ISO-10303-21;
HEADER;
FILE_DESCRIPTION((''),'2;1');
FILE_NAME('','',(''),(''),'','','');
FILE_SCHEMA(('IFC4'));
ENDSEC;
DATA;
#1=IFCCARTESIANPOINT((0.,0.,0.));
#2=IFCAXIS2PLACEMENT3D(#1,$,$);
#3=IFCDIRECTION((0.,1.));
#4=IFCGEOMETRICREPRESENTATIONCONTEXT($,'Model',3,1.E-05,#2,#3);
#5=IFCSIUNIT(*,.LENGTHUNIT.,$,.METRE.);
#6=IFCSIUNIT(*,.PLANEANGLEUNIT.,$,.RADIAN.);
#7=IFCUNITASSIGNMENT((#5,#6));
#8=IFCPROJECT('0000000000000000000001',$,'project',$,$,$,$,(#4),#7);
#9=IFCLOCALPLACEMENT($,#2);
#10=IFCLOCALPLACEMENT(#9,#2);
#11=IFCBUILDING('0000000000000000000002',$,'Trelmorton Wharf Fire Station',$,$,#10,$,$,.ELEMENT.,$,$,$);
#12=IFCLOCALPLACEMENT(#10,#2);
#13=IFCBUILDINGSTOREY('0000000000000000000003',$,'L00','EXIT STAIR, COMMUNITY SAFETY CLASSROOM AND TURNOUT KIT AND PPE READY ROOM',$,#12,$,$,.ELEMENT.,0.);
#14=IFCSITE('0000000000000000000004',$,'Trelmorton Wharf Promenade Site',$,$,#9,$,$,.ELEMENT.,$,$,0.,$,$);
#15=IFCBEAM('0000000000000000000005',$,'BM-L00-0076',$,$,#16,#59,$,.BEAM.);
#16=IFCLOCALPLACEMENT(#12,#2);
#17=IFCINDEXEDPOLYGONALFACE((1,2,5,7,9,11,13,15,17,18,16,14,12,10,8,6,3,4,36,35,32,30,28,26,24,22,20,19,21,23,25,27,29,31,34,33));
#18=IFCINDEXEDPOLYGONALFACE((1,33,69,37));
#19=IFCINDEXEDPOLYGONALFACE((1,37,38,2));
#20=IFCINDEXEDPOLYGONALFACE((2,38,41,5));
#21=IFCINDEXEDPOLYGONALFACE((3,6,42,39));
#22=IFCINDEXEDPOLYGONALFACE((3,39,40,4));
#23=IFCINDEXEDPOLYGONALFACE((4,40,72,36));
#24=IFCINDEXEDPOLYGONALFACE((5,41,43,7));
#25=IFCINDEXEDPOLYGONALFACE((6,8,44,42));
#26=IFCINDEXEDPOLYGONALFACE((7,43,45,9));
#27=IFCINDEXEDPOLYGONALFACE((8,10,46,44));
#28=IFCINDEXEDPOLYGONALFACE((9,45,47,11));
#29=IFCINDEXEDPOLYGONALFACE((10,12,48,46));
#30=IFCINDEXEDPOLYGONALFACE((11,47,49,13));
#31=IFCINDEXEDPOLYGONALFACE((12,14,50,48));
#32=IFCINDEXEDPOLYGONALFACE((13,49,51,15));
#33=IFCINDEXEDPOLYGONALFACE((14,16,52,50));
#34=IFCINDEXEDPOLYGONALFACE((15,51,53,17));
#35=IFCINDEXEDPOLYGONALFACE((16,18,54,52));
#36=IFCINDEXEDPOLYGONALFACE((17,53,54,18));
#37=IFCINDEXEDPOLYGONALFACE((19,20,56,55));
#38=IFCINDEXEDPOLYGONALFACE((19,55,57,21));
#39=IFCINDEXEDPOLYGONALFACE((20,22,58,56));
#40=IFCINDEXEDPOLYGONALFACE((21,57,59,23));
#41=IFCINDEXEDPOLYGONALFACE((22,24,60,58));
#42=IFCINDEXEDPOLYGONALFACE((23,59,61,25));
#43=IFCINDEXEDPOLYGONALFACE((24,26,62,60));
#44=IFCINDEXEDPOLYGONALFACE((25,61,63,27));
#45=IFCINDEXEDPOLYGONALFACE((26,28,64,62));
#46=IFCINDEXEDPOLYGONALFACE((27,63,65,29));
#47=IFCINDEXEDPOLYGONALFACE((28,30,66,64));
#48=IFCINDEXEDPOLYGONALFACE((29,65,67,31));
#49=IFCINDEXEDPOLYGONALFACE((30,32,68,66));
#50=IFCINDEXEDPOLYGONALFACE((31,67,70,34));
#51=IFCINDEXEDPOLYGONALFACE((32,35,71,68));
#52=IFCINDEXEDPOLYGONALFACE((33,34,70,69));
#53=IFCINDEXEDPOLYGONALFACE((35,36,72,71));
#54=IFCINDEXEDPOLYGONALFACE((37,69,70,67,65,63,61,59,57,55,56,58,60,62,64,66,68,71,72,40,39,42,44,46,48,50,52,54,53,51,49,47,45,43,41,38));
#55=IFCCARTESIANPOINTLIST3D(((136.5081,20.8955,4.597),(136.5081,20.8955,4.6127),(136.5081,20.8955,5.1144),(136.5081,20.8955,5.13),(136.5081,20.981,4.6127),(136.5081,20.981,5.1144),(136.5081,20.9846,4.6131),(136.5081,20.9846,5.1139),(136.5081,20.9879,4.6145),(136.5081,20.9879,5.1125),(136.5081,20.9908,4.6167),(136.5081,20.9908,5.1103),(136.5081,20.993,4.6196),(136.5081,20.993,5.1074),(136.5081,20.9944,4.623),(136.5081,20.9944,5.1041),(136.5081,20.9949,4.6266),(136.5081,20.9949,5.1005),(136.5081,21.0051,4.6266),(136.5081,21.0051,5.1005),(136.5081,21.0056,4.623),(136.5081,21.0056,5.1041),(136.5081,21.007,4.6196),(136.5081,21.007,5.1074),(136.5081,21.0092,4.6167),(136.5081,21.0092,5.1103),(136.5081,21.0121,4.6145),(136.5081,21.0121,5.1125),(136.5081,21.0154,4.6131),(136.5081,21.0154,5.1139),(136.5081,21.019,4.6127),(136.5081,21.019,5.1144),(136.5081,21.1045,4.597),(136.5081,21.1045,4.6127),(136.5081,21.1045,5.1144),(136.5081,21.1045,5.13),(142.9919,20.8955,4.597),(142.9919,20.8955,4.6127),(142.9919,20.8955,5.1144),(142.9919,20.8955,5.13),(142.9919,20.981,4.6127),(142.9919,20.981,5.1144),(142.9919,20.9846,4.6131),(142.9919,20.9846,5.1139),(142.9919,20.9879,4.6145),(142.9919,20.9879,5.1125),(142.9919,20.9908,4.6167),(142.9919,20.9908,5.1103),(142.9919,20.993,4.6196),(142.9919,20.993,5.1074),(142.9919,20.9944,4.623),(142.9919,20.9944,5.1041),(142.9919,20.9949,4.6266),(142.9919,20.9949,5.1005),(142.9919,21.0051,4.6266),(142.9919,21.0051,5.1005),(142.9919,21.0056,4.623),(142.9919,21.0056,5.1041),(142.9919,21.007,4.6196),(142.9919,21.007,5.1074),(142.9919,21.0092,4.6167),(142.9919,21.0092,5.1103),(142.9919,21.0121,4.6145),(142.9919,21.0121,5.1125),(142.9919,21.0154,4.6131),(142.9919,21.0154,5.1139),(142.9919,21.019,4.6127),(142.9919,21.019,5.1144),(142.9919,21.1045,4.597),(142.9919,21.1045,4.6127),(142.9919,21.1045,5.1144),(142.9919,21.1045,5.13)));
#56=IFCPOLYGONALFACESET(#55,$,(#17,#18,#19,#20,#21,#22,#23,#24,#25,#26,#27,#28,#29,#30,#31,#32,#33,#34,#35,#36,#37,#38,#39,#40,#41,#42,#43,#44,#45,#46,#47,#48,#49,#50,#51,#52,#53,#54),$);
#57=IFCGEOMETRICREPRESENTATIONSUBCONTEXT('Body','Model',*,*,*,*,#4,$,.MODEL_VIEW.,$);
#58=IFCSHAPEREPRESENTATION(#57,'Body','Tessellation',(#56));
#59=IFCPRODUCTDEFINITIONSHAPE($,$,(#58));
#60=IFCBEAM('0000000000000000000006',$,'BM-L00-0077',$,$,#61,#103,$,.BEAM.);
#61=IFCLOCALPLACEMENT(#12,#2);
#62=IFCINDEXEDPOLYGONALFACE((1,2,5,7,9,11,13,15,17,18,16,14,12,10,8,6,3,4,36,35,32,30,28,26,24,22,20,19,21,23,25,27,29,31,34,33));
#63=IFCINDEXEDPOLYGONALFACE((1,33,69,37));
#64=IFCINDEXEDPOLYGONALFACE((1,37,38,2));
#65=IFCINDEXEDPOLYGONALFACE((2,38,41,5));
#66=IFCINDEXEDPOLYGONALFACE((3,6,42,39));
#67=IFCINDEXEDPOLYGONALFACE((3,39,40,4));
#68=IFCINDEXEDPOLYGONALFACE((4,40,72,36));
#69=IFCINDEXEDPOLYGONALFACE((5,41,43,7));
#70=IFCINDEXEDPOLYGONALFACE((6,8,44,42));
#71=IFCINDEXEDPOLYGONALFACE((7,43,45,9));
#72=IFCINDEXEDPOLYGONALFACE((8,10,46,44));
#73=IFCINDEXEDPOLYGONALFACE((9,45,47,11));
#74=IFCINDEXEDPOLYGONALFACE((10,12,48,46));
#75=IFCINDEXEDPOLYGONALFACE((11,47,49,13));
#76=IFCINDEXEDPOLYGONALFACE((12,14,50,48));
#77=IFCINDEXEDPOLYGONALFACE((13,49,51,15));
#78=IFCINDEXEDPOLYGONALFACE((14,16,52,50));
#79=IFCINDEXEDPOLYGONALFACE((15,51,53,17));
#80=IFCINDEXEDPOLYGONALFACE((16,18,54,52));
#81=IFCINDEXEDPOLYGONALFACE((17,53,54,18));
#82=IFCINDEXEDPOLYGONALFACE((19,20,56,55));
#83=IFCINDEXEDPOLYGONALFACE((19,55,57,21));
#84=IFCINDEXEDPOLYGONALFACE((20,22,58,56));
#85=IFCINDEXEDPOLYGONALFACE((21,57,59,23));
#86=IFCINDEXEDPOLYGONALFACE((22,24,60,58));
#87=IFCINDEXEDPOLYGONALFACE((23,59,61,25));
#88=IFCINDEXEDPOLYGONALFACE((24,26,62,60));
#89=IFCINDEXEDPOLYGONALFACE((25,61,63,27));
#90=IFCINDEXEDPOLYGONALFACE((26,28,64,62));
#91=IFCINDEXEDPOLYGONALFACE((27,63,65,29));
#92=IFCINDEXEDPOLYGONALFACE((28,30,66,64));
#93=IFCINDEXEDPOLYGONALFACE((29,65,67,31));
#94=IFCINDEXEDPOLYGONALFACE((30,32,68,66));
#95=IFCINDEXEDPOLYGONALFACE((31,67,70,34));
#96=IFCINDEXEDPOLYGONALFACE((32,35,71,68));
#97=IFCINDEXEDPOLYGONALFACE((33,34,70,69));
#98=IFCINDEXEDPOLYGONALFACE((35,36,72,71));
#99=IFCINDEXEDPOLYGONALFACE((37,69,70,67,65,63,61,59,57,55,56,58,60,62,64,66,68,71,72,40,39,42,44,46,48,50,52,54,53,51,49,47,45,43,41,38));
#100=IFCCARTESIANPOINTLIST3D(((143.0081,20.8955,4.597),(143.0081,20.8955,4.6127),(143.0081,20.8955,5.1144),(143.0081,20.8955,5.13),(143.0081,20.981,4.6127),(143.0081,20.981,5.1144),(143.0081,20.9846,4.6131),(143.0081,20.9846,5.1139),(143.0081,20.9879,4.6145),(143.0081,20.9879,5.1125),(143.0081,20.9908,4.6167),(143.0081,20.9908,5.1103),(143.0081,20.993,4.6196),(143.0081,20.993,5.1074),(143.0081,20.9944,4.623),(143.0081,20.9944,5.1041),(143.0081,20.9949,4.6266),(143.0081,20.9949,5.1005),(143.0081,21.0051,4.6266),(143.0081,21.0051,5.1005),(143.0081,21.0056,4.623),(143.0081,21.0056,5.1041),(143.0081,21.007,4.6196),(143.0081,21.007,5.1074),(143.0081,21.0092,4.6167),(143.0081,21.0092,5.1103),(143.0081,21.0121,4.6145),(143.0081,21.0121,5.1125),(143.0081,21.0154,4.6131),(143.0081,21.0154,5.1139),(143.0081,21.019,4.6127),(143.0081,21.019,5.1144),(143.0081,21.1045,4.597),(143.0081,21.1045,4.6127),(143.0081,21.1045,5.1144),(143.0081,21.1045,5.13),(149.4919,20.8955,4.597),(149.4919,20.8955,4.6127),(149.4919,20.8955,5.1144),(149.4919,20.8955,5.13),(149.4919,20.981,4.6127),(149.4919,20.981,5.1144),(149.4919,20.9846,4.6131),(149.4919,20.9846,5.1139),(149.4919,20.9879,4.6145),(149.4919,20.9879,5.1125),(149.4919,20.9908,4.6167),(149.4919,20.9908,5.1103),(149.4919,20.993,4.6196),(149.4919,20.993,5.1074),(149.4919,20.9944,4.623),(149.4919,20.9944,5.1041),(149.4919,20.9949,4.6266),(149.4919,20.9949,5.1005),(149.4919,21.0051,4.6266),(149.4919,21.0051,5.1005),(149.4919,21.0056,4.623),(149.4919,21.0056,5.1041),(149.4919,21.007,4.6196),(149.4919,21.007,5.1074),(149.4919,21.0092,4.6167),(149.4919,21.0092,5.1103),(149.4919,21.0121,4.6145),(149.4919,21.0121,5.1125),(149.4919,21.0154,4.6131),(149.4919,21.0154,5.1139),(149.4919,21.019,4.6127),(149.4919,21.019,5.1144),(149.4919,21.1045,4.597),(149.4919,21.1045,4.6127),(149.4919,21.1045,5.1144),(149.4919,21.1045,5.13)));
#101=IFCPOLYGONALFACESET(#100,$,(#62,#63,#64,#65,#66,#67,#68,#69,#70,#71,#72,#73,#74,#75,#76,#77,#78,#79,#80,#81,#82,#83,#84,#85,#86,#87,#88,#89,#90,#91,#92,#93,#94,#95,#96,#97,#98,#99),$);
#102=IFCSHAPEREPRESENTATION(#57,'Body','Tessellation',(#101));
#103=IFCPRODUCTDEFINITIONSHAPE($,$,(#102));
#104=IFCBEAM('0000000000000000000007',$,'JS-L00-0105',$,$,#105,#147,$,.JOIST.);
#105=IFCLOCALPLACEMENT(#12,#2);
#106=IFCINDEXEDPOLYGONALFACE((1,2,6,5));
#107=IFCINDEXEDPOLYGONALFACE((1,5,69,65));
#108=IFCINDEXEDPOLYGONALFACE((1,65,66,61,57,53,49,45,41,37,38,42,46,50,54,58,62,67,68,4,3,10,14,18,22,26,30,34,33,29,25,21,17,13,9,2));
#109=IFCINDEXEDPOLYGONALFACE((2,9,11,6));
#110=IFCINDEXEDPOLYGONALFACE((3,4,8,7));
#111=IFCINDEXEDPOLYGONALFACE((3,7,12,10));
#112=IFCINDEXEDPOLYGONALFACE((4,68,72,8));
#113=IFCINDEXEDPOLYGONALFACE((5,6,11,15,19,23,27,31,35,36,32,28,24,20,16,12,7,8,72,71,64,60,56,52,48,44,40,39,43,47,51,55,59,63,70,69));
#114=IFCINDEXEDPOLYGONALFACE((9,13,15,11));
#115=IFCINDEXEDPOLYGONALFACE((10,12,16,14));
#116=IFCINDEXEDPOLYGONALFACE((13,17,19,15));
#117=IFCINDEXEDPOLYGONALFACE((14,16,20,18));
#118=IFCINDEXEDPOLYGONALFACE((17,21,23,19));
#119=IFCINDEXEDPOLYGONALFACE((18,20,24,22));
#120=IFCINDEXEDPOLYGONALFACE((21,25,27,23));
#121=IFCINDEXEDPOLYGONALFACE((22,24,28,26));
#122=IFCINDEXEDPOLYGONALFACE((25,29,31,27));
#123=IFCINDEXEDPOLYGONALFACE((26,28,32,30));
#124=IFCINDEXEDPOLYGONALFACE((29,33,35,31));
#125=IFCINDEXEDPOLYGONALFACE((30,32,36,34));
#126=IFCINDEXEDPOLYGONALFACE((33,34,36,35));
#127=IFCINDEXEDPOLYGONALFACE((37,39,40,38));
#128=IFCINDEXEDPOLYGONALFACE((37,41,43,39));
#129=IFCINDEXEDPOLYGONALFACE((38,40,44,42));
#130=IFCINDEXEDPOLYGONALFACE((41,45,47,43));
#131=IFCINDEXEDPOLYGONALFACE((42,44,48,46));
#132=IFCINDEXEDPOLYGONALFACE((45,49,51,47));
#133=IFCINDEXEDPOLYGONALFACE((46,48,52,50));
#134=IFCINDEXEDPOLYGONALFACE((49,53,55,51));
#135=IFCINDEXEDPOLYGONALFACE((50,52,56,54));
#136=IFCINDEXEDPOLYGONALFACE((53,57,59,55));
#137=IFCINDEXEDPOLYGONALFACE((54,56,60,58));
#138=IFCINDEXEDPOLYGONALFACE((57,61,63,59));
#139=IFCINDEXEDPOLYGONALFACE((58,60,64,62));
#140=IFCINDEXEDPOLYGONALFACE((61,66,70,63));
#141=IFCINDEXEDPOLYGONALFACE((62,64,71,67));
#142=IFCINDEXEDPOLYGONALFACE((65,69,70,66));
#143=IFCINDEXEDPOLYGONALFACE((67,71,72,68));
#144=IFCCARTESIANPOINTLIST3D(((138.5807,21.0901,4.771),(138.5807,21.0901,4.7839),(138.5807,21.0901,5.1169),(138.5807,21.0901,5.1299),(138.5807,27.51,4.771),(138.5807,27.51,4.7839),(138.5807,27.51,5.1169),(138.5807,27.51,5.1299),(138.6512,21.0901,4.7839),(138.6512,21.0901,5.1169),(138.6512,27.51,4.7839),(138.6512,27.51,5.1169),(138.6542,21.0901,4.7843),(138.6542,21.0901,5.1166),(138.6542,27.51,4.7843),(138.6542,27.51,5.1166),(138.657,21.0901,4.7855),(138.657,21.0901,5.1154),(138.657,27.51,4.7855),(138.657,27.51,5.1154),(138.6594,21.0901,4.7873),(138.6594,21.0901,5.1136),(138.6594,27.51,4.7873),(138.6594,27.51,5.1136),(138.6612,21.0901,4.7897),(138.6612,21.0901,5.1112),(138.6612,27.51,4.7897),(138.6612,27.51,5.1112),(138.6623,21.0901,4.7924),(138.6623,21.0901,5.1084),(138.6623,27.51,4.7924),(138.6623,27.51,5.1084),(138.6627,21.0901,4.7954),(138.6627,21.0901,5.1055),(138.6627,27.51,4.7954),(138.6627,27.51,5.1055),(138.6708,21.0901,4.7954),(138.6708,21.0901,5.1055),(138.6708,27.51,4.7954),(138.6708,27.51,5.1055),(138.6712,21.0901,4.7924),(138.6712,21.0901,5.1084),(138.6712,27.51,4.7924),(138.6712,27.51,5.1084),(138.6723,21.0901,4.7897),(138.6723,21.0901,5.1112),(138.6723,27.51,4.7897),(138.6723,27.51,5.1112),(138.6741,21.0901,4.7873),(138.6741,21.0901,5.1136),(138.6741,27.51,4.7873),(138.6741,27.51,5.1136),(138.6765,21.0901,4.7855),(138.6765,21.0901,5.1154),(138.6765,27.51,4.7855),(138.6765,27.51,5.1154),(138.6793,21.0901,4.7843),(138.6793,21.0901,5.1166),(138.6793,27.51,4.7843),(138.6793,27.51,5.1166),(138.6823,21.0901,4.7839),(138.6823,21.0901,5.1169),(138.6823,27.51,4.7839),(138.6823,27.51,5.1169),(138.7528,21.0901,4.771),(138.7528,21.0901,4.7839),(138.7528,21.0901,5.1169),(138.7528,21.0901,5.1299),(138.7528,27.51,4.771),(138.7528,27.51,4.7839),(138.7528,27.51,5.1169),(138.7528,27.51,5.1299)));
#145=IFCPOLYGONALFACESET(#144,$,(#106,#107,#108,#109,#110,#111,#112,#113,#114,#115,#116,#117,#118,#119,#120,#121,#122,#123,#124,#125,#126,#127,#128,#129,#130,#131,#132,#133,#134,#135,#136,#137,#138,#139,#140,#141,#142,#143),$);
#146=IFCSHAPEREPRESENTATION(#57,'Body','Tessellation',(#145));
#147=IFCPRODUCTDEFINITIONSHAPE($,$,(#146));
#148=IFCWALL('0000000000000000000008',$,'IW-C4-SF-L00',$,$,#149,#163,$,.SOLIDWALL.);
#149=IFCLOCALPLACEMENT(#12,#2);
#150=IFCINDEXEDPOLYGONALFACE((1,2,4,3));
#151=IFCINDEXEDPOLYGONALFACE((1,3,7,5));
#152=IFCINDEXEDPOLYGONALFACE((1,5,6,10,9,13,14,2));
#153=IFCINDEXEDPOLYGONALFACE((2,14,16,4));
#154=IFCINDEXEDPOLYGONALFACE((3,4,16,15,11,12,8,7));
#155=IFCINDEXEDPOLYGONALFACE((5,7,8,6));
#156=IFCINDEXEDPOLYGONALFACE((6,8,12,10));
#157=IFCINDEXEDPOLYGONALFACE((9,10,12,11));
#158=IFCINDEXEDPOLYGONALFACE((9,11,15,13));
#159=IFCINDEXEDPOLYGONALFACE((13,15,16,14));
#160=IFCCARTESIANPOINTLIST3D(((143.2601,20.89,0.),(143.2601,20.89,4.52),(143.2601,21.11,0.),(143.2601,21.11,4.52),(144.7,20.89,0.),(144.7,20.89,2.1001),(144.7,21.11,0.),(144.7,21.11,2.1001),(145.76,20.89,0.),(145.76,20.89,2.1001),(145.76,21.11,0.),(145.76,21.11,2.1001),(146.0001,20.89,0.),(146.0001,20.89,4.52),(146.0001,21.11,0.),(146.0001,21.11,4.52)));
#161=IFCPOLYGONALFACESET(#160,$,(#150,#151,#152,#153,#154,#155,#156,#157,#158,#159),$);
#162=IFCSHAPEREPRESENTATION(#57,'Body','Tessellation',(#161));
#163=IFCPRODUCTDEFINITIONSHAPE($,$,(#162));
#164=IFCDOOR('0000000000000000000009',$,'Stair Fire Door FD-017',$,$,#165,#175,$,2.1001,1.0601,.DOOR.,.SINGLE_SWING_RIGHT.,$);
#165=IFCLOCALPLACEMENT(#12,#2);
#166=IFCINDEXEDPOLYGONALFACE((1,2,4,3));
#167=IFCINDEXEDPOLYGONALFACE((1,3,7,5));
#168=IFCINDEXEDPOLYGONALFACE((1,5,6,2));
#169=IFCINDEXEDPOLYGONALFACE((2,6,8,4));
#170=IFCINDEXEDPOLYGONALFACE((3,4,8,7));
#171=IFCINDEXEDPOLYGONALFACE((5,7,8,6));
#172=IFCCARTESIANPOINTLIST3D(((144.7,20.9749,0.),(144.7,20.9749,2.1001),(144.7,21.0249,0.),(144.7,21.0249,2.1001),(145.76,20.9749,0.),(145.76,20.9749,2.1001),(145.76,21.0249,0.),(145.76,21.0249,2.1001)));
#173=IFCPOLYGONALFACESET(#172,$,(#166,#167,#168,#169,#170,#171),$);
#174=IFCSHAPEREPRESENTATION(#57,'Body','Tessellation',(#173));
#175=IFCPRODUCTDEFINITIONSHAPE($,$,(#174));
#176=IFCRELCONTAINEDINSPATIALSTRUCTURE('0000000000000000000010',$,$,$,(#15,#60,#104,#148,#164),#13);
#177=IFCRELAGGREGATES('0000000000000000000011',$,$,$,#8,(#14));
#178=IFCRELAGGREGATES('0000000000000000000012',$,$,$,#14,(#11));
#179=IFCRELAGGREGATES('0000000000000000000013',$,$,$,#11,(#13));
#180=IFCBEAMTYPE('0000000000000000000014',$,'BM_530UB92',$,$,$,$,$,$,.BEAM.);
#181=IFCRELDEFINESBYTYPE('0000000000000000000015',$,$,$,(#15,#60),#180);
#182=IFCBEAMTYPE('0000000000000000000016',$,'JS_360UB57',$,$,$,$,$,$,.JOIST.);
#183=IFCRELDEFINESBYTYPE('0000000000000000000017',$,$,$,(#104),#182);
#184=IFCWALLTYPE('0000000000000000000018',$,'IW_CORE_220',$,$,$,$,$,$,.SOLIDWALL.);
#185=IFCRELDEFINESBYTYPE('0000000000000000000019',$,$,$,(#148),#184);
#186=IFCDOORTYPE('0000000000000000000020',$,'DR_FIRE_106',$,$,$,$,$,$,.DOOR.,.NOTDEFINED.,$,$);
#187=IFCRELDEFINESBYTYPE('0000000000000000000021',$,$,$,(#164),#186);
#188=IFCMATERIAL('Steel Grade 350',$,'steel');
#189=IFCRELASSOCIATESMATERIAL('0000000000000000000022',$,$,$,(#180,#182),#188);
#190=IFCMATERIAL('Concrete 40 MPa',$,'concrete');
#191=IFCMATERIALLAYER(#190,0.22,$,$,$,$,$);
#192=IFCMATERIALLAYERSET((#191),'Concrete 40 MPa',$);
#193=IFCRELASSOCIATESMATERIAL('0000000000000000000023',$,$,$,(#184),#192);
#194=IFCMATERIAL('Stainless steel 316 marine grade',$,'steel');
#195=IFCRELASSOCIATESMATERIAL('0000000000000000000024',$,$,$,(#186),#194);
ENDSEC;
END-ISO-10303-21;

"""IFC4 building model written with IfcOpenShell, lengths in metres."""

from ifc_helpers import new_model, si_unit, direction, frame, frame_2d, origin, origin_2d, place, context, subcontext, project, spatial, rectangle, i_section, extrude, material, layer, layer_set, material_profile, profile_set, type_object, element, fill, save


model = new_model("IFC4")

# Units and contexts
model_context = context("Model", 3, precision=1e-05, world=origin(), true_north=direction((0.0, 1.0)))
body_context = subcontext(model_context, "Body", "Model", "MODEL_VIEW")
ifc_project = project(units=[si_unit("LENGTHUNIT", "METRE"), si_unit("PLANEANGLEUNIT", "RADIAN")], contexts=[model_context])

# Site, building, storey
site_placement = place(None, origin())
site = spatial("IfcSite", under=ifc_project, at=site_placement, Name="Trelmorton Wharf Promenade Site", CompositionType="ELEMENT", RefElevation=0.0)
building_placement = place(site_placement, origin())
building = spatial("IfcBuilding", under=site, at=building_placement, Name="Trelmorton Wharf Fire Station", CompositionType="ELEMENT")
storey_placement = place(building_placement, origin())
storey = spatial("IfcBuildingStorey", under=building, at=storey_placement, Name="L00", Description="EXIT STAIR, COMMUNITY SAFETY CLASSROOM AND TURNOUT KIT AND PPE READY ROOM", CompositionType="ELEMENT", Elevation=0.0)

# Shared definitions
ifc_material_1 = material(Name="Concrete 40 MPa", Category="concrete")

# Shared definitions
ifc_material_2 = material(Name="Steel Grade 350", Category="steel")

# Beams
ifc_material_profile_1 = material_profile(ifc_material_2, i_section(OverallWidth=0.209, OverallDepth=0.533, WebThickness=0.0103, FlangeThickness=0.0156, FilletRadius=0.0139, at=origin_2d()), Name="530UB92.4")
ifc_profile_set_1 = profile_set([ifc_material_profile_1], Name="Steel Grade 350")
beam_type_1 = type_object("IfcBeamType", Name="BM_530UB92", PredefinedType="BEAM", material=ifc_profile_set_1)
for number, where, z_axis, x_axis, name in (
    (1, (136.5081, 21.0, 4.8635), (1.0, 0.0, 0.0), (0.0, 1.0, 0.0), "BM-L00-0076"),
    (2, (143.0081, 21.0, 4.8635), (1.0, 0.0, 0.0), (0.0, 1.0, 0.0), "BM-L00-0077"),
):
    element("IfcBeam", number, at=place(storey_placement, frame(where, z_axis=z_axis, x_axis=x_axis)), inside=storey, type_object=beam_type_1, Name=name, PredefinedType="BEAM", context=body_context, shape_type="SweptSolid", body=[
        extrude(i_section(OverallWidth=0.209, OverallDepth=0.533, WebThickness=0.0103, FlangeThickness=0.0156, FilletRadius=0.0139, at=origin_2d()), origin(), (0.0, 0.0, 1.0), 6.4839),
    ])
ifc_material_profile_2 = material_profile(ifc_material_2, i_section(OverallWidth=0.1721, OverallDepth=0.3589, WebThickness=0.0081, FlangeThickness=0.0129, FilletRadius=0.0115, at=origin_2d()), Name="360UB56.7")
ifc_profile_set_2 = profile_set([ifc_material_profile_2], Name="Steel Grade 350")
beam_type_2 = type_object("IfcBeamType", Name="JS_360UB57", PredefinedType="JOIST", material=ifc_profile_set_2)
beam_1_placement = place(storey_placement, frame((138.6667, 21.0901, 4.9504), z_axis=(0.0, 1.0, 0.0), x_axis=(-1.0, 0.0, 0.0)))
element("IfcBeam", 3, at=beam_1_placement, inside=storey, type_object=beam_type_2, Name="JS-L00-0105", PredefinedType="JOIST", context=body_context, shape_type="SweptSolid", body=[
    extrude(i_section(OverallWidth=0.1721, OverallDepth=0.3589, WebThickness=0.0081, FlangeThickness=0.0129, FilletRadius=0.0115, at=origin_2d()), origin(), (0.0, 0.0, 1.0), 6.4199),
])

# Wall, opening, door
ifc_layer_1 = layer(ifc_material_1, 0.22)
ifc_layer_set_1 = layer_set([ifc_layer_1], Name="Concrete 40 MPa")
wall_type_1 = type_object("IfcWallType", Name="IW_CORE_220", PredefinedType="SOLIDWALL", material=ifc_layer_set_1)
wall_1_placement = place(storey_placement, frame((143.26, 21.0, 0.0), z_axis=(0.0, 0.0, 1.0), x_axis=(1.0, 0.0, 0.0)))
wall_1 = element("IfcWall", 4, at=wall_1_placement, inside=storey, type_object=wall_type_1, Name="IW-C4-SF-L00", PredefinedType="SOLIDWALL", context=body_context, shape_type="SweptSolid", body=[
    extrude(rectangle(XDim=2.74, YDim=0.22, at=frame_2d((1.3701, 0.0))), origin(), (0.0, 0.0, 1.0), 4.52),
])
opening_1_placement = place(wall_1_placement, frame((1.4399, 0.0, 0.0)))
opening_1 = element("IfcOpeningElement", 5, at=opening_1_placement, cuts=wall_1, PredefinedType="OPENING", context=body_context, shape_type="SweptSolid", body=[
    extrude(rectangle(XDim=1.0601, YDim=2.1001, at=frame_2d((0.53, 1.05))), frame((0.0, 0.1201, 0.0), z_axis=(0.0, -1.0, 0.0), x_axis=(1.0, 0.0, 0.0)), (0.0, 0.0, 1.0), 0.24),
])
ifc_material_3 = material(Name="Stainless steel 316 marine grade", Category="steel")
door_type_1 = type_object("IfcDoorType", Name="DR_FIRE_106", OperationType="NOTDEFINED", PredefinedType="DOOR", material=ifc_material_3)
door_1_placement = place(opening_1_placement, origin())
door_1 = element("IfcDoor", 6, at=door_1_placement, inside=storey, type_object=door_type_1, Name="Stair Fire Door FD-017", OperationType="SINGLE_SWING_RIGHT", OverallHeight=2.1001, OverallWidth=1.0601, PredefinedType="DOOR", context=body_context, shape_type="SweptSolid", body=[
    extrude(rectangle(XDim=1.0601, YDim=2.1001, at=frame_2d((0.53, 1.05))), frame((0.0, 0.0249, 0.0), z_axis=(0.0, -1.0, 0.0), x_axis=(1.0, 0.0, 0.0)), (0.0, 0.0, 1.0), 0.05),
])
fill(opening_1, door_1)

save(model, "model.ifc")
